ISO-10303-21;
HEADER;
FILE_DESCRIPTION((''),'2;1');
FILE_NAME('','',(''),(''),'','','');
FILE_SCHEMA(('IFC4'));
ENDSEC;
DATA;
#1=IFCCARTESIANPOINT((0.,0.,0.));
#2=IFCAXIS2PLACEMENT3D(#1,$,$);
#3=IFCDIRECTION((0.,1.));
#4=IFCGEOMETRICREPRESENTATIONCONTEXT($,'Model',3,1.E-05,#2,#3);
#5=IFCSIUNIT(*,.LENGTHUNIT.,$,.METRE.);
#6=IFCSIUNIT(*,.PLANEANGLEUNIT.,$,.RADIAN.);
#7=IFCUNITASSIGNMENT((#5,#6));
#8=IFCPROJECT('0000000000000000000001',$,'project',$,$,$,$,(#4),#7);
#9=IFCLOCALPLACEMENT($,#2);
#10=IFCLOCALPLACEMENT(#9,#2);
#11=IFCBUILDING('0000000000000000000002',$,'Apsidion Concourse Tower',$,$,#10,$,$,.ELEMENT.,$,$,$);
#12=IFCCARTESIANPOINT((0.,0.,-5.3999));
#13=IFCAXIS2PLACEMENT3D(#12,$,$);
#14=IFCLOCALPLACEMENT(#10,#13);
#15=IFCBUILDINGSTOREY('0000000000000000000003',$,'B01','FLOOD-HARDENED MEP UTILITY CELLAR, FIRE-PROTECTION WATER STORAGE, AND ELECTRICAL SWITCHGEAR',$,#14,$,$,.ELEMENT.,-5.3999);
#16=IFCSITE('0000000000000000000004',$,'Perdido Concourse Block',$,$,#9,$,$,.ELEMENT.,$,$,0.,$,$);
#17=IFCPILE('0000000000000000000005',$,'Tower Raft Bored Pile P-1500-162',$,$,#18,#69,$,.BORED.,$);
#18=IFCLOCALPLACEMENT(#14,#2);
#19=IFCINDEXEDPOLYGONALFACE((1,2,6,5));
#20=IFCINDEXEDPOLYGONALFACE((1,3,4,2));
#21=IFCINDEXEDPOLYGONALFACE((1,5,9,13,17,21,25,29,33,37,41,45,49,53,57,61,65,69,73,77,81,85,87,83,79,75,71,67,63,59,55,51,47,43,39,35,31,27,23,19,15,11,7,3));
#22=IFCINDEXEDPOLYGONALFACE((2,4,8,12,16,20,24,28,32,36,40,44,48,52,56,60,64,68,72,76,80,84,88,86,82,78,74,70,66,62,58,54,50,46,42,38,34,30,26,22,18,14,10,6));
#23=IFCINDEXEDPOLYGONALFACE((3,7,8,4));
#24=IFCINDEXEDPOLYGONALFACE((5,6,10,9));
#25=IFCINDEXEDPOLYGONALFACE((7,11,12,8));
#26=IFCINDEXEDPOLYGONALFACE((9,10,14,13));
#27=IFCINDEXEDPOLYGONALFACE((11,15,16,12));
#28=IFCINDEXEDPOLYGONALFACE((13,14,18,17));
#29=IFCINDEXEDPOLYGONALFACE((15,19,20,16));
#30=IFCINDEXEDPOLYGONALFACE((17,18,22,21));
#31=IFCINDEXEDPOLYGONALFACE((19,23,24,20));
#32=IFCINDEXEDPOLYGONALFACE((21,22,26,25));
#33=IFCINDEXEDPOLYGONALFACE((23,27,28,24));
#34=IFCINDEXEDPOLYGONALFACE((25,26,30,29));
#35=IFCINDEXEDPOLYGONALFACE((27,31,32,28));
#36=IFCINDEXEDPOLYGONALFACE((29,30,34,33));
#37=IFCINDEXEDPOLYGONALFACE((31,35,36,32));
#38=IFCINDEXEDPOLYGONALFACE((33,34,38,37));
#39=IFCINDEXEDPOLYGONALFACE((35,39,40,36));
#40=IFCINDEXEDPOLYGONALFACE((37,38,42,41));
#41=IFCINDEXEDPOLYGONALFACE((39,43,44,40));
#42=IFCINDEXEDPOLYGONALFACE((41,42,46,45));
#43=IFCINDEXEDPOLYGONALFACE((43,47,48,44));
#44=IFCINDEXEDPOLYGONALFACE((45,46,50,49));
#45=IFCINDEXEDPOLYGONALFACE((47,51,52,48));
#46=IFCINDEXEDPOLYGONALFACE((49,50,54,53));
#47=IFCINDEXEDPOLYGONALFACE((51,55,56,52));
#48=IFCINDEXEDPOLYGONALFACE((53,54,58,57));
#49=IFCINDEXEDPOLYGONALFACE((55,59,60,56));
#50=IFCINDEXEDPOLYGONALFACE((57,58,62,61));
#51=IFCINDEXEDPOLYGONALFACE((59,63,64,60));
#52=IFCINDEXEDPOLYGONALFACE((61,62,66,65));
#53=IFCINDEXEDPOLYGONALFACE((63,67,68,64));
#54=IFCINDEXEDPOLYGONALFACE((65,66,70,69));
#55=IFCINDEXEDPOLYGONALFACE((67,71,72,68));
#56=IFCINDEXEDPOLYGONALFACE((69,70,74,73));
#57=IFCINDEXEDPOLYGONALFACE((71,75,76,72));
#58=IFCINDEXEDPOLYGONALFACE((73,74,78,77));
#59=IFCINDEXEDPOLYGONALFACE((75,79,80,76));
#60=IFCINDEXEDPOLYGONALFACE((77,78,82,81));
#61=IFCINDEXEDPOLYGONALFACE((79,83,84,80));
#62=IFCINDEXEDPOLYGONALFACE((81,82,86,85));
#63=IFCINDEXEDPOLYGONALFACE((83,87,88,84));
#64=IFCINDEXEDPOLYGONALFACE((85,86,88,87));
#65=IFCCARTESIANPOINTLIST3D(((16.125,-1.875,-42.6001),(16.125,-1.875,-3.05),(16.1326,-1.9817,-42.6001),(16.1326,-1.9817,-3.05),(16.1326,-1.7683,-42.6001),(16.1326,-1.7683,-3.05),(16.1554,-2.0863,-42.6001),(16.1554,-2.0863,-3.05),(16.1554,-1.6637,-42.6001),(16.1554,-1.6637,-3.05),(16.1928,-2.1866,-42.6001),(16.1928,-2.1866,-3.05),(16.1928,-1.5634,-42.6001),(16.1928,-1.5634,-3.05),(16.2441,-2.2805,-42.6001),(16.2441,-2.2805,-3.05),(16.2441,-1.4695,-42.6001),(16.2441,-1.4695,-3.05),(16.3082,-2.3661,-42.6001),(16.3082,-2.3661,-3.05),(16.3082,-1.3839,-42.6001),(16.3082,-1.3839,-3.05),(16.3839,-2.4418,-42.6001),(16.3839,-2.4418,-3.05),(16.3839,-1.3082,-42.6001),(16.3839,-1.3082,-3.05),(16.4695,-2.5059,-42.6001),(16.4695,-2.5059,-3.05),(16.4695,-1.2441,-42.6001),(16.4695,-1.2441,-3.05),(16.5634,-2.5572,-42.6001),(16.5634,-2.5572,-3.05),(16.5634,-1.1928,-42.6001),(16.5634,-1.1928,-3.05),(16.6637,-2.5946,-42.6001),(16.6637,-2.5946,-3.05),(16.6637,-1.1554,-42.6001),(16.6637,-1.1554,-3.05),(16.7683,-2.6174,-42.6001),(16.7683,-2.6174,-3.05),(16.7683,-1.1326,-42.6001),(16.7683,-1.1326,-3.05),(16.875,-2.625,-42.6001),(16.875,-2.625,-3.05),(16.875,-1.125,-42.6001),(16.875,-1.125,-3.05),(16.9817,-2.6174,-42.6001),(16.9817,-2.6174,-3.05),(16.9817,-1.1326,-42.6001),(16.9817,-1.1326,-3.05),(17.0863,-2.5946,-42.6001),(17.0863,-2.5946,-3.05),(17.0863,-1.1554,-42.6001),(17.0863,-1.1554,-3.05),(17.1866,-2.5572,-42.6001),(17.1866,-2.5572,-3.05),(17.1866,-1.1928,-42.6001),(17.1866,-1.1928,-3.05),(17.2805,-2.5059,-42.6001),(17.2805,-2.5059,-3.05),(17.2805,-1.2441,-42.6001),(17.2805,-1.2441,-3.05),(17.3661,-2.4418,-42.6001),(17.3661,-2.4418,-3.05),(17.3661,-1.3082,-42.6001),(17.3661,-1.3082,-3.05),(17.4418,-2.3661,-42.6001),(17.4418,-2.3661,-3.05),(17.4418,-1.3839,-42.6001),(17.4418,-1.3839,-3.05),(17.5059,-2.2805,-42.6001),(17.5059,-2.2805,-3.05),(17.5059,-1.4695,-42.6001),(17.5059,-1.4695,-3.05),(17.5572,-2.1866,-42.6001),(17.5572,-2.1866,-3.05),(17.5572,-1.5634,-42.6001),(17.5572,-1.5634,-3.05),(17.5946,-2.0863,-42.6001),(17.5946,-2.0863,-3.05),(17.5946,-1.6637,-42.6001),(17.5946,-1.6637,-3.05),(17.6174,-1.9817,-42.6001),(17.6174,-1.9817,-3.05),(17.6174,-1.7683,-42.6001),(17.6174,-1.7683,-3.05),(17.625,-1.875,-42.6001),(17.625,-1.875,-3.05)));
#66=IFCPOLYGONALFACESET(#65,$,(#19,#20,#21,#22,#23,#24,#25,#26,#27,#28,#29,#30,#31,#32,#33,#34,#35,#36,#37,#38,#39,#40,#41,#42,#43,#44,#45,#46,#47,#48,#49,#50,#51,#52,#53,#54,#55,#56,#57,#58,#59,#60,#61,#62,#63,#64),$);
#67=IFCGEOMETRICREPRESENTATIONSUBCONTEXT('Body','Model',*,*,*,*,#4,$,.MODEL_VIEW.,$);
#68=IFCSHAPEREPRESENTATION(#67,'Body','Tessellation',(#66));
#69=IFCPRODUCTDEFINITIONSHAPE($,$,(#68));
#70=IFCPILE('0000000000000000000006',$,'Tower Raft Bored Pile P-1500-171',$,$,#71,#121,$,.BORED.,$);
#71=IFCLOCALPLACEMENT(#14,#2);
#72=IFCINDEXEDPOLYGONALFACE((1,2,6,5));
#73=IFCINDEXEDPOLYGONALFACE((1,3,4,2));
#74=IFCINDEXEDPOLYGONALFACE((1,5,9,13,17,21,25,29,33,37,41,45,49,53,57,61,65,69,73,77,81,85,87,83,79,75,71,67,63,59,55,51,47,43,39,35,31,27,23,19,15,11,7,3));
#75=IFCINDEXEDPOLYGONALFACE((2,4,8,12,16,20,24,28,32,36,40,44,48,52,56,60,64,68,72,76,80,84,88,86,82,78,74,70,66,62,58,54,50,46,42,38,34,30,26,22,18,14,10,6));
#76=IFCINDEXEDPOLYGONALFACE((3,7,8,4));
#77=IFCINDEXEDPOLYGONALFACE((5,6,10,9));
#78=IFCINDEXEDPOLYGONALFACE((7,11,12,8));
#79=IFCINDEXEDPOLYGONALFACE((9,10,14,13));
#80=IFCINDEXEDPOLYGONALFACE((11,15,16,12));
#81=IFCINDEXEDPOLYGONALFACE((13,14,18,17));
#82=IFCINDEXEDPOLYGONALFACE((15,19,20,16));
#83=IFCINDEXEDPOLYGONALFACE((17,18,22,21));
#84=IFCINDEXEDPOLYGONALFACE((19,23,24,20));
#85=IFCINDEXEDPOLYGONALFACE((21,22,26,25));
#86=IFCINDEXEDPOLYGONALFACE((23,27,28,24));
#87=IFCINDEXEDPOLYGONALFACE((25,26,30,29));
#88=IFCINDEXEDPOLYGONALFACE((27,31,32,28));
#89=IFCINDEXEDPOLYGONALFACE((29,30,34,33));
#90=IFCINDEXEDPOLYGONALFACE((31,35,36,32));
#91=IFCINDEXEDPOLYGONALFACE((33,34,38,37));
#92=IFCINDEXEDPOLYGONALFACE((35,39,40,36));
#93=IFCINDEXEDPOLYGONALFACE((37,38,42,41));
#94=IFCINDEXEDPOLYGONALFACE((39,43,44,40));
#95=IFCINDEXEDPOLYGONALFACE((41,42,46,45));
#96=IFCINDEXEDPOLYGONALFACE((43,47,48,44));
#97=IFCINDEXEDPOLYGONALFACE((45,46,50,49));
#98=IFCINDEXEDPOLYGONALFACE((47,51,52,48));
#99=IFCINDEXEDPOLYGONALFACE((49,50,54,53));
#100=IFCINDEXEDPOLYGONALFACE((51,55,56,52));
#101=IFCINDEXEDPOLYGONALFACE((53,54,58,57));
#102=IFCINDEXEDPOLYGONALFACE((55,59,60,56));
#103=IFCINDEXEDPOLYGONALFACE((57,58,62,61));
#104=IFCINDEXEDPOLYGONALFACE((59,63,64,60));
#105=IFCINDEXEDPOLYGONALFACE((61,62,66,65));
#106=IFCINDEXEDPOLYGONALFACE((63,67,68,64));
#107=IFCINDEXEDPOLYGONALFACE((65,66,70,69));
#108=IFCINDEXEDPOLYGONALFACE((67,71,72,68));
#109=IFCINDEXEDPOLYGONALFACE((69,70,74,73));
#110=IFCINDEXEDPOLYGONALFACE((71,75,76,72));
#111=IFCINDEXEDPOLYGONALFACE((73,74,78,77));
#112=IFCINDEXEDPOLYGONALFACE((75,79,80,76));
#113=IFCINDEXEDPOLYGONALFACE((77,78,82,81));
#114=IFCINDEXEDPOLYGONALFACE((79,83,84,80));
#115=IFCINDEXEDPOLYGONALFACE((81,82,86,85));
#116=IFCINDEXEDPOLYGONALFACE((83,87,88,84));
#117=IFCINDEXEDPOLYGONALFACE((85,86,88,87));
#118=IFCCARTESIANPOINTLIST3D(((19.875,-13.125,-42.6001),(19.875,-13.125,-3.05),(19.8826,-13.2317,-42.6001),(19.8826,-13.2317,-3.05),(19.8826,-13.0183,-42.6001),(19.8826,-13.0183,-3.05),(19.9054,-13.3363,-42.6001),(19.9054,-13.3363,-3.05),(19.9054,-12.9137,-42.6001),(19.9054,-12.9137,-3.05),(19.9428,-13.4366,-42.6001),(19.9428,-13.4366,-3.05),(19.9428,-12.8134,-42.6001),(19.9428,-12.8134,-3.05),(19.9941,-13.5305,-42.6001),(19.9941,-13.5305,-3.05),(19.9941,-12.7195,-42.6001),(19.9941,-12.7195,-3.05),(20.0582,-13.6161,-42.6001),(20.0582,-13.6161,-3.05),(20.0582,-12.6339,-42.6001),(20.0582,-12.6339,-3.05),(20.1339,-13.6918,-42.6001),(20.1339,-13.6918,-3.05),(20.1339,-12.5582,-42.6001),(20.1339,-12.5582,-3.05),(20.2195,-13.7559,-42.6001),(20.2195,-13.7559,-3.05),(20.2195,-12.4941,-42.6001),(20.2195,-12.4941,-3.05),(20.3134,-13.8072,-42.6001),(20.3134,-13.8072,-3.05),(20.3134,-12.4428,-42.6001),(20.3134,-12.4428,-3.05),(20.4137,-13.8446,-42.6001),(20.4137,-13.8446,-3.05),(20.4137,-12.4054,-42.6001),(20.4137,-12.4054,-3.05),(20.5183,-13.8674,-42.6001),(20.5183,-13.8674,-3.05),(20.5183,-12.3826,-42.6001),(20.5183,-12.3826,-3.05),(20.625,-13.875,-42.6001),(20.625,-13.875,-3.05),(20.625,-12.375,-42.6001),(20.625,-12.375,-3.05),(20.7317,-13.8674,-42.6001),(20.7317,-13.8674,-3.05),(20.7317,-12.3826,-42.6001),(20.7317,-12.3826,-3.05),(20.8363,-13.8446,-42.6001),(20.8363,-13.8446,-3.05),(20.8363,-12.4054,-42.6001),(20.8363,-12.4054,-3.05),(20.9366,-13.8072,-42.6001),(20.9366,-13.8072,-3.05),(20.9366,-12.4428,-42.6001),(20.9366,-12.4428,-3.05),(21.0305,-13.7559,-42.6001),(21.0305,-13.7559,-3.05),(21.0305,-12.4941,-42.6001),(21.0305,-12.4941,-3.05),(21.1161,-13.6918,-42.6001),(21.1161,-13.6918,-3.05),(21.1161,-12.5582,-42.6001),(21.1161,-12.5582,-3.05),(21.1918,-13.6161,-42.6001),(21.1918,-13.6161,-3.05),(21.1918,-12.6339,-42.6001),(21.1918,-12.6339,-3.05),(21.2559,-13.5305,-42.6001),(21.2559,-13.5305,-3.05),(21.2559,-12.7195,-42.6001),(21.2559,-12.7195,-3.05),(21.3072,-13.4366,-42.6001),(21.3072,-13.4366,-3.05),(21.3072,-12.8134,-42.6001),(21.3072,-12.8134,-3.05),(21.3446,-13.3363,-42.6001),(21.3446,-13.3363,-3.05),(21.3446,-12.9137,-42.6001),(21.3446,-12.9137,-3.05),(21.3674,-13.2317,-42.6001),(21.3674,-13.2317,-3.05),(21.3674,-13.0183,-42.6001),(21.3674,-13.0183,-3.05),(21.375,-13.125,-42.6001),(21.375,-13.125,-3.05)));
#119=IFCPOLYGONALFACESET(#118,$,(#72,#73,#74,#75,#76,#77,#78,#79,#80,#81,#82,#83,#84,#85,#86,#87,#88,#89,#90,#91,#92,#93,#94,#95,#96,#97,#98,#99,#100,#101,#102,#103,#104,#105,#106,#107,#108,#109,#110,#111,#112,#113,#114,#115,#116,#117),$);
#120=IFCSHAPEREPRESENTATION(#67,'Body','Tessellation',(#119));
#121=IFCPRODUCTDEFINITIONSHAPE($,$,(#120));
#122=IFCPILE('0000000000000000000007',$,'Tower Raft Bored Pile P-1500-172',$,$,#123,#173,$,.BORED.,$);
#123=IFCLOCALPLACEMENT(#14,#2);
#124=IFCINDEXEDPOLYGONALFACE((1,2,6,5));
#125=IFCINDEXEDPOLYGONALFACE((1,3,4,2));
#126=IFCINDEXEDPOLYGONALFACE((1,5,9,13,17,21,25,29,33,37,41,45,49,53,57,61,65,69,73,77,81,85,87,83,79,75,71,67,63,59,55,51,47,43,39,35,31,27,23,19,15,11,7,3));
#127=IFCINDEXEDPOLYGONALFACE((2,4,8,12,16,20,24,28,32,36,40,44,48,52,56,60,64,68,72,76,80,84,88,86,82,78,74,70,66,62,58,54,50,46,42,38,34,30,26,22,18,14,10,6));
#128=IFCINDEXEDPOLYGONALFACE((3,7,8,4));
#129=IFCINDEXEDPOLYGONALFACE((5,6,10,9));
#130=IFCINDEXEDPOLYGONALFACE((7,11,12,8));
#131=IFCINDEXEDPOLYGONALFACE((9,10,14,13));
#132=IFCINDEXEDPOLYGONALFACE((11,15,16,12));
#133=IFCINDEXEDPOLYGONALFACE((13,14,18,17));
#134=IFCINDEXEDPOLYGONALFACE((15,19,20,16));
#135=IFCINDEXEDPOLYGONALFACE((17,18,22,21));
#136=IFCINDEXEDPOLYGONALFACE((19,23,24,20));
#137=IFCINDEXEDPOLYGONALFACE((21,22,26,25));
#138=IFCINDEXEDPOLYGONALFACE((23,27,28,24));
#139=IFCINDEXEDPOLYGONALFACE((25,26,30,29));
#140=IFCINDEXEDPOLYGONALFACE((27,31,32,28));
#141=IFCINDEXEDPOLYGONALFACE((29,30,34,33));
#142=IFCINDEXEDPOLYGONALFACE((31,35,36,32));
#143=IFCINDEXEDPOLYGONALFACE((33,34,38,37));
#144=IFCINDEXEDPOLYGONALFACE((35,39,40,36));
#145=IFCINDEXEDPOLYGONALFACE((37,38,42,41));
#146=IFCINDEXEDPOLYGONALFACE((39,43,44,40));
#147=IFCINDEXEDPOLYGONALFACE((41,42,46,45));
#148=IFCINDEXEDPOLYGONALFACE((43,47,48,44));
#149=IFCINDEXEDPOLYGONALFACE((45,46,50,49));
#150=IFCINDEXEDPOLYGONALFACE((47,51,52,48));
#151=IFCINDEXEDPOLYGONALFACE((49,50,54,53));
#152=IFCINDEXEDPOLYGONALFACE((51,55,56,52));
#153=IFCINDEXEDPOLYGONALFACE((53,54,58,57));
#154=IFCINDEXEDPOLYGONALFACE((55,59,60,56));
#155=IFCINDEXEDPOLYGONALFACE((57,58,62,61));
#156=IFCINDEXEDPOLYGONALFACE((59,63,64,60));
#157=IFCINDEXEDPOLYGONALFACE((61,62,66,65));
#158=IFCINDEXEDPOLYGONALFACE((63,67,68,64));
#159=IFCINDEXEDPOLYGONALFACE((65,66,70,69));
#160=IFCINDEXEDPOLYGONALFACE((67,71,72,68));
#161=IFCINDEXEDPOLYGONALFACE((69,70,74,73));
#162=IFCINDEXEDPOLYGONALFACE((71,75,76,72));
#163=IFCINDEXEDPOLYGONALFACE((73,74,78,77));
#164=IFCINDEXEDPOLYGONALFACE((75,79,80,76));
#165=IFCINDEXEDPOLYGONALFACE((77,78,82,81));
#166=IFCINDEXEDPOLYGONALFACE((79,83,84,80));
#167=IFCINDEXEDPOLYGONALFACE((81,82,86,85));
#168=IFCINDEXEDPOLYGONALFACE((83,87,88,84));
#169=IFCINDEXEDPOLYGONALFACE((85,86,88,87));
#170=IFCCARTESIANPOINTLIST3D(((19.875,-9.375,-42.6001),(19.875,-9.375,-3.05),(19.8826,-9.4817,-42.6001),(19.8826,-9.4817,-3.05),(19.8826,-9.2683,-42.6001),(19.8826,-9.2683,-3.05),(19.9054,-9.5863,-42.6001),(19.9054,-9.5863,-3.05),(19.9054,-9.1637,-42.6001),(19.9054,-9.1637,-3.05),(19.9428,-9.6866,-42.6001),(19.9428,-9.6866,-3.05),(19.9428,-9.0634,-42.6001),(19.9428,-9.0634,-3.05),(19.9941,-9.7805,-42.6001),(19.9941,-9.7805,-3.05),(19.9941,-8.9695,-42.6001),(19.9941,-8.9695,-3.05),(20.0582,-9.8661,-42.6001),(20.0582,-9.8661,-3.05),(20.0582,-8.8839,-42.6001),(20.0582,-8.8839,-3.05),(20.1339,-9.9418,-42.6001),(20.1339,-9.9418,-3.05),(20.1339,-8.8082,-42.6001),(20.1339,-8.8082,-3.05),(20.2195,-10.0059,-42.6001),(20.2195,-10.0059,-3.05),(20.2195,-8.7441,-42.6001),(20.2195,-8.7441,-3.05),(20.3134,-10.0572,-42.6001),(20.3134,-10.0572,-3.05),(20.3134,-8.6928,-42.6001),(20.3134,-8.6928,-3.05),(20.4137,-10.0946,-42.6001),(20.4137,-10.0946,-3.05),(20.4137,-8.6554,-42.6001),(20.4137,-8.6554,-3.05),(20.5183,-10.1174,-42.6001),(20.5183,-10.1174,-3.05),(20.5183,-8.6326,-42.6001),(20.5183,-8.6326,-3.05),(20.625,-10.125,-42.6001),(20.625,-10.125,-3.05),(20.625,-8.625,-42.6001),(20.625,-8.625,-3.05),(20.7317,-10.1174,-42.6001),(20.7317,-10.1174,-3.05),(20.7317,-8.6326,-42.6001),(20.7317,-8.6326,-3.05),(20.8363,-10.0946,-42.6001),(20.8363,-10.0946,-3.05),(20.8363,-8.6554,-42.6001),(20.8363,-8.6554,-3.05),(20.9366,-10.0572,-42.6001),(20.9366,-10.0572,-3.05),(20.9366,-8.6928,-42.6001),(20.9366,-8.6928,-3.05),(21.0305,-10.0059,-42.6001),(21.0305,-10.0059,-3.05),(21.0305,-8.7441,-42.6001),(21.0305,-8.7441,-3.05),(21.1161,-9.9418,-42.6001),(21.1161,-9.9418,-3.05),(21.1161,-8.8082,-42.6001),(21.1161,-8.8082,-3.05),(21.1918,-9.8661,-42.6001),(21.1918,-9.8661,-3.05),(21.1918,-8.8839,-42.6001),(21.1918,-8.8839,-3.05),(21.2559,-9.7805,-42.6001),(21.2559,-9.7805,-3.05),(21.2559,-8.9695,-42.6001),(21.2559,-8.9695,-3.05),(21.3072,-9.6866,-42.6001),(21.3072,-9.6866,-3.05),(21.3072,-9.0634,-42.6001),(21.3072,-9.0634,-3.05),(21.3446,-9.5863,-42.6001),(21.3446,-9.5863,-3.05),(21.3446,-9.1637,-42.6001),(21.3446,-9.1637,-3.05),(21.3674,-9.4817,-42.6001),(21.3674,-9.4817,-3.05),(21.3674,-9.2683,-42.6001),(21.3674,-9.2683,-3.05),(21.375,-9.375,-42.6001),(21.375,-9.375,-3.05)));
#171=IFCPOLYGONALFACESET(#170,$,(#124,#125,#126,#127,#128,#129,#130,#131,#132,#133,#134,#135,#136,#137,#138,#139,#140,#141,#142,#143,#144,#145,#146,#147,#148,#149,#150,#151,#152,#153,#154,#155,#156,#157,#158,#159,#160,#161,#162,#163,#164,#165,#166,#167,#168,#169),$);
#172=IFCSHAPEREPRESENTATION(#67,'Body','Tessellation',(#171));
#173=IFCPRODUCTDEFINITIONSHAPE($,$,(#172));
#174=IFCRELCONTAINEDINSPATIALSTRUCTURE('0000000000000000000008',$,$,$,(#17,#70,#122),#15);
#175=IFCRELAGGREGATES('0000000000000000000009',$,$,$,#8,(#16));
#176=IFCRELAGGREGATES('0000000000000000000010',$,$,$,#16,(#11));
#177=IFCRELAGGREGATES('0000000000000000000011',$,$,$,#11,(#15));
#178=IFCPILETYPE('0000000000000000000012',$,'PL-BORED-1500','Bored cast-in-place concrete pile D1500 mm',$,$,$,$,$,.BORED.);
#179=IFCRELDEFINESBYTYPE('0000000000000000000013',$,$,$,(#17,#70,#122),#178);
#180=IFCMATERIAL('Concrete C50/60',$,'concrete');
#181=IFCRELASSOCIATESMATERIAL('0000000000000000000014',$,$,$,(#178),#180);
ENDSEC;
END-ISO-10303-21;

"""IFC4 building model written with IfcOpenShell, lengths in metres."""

from ifc_helpers import new_model, si_unit, direction, frame, origin, origin_2d, place, context, subcontext, project, spatial, circle, extrude, material, material_profile, profile_set, type_object, element, save


model = new_model("IFC4")

# Units and contexts
model_context = context("Model", 3, precision=1e-05, world=origin(), true_north=direction((0.0, 1.0)))
body_context = subcontext(model_context, "Body", "Model", "MODEL_VIEW")
ifc_project = project(units=[si_unit("LENGTHUNIT", "METRE"), si_unit("PLANEANGLEUNIT", "RADIAN")], contexts=[model_context])

# Site, building, storey
site_placement = place(None, origin())
site = spatial("IfcSite", under=ifc_project, at=site_placement, Name="Perdido Concourse Block", CompositionType="ELEMENT", RefElevation=0.0)
building_placement = place(site_placement, origin())
building = spatial("IfcBuilding", under=site, at=building_placement, Name="Apsidion Concourse Tower", CompositionType="ELEMENT")
storey_placement = place(building_placement, frame((0.0, 0.0, -5.3999)))
storey = spatial("IfcBuildingStorey", under=building, at=storey_placement, Name="B01", Description="FLOOD-HARDENED MEP UTILITY CELLAR, FIRE-PROTECTION WATER STORAGE, AND ELECTRICAL SWITCHGEAR", CompositionType="ELEMENT", Elevation=-5.3999)

# Shared definitions
ifc_material_1 = material(Name="Concrete C50/60", Category="concrete")

# Piles
ifc_material_profile_1 = material_profile(ifc_material_1, circle(Radius=0.75, at=origin_2d()), Name="BORED PILE D1500")
ifc_profile_set_1 = profile_set([ifc_material_profile_1], Name="Concrete C50/60")
pile_type_1 = type_object("IfcPileType", Name="PL-BORED-1500", Description="Bored cast-in-place concrete pile D1500 mm", PredefinedType="BORED", material=ifc_profile_set_1)
for number, where, z_axis, x_axis, name in (
    (1, (16.875, -1.875, -3.05), (0.0, 0.0, -1.0), (1.0, 0.0, 0.0), "Tower Raft Bored Pile P-1500-162"),
    (2, (20.625, -13.125, -3.05), (0.0, 0.0, -1.0), (1.0, 0.0, 0.0), "Tower Raft Bored Pile P-1500-171"),
    (3, (20.625, -9.375, -3.05), (0.0, 0.0, -1.0), (1.0, 0.0, 0.0), "Tower Raft Bored Pile P-1500-172"),
):
    element("IfcPile", number, at=place(storey_placement, frame(where, z_axis=z_axis, x_axis=x_axis)), inside=storey, type_object=pile_type_1, Name=name, PredefinedType="BORED", context=body_context, shape_type="SweptSolid", body=[
        extrude(circle(Radius=0.75, at=origin_2d()), origin(), (0.0, 0.0, 1.0), 39.55),
    ])

save(model, "model.ifc")
